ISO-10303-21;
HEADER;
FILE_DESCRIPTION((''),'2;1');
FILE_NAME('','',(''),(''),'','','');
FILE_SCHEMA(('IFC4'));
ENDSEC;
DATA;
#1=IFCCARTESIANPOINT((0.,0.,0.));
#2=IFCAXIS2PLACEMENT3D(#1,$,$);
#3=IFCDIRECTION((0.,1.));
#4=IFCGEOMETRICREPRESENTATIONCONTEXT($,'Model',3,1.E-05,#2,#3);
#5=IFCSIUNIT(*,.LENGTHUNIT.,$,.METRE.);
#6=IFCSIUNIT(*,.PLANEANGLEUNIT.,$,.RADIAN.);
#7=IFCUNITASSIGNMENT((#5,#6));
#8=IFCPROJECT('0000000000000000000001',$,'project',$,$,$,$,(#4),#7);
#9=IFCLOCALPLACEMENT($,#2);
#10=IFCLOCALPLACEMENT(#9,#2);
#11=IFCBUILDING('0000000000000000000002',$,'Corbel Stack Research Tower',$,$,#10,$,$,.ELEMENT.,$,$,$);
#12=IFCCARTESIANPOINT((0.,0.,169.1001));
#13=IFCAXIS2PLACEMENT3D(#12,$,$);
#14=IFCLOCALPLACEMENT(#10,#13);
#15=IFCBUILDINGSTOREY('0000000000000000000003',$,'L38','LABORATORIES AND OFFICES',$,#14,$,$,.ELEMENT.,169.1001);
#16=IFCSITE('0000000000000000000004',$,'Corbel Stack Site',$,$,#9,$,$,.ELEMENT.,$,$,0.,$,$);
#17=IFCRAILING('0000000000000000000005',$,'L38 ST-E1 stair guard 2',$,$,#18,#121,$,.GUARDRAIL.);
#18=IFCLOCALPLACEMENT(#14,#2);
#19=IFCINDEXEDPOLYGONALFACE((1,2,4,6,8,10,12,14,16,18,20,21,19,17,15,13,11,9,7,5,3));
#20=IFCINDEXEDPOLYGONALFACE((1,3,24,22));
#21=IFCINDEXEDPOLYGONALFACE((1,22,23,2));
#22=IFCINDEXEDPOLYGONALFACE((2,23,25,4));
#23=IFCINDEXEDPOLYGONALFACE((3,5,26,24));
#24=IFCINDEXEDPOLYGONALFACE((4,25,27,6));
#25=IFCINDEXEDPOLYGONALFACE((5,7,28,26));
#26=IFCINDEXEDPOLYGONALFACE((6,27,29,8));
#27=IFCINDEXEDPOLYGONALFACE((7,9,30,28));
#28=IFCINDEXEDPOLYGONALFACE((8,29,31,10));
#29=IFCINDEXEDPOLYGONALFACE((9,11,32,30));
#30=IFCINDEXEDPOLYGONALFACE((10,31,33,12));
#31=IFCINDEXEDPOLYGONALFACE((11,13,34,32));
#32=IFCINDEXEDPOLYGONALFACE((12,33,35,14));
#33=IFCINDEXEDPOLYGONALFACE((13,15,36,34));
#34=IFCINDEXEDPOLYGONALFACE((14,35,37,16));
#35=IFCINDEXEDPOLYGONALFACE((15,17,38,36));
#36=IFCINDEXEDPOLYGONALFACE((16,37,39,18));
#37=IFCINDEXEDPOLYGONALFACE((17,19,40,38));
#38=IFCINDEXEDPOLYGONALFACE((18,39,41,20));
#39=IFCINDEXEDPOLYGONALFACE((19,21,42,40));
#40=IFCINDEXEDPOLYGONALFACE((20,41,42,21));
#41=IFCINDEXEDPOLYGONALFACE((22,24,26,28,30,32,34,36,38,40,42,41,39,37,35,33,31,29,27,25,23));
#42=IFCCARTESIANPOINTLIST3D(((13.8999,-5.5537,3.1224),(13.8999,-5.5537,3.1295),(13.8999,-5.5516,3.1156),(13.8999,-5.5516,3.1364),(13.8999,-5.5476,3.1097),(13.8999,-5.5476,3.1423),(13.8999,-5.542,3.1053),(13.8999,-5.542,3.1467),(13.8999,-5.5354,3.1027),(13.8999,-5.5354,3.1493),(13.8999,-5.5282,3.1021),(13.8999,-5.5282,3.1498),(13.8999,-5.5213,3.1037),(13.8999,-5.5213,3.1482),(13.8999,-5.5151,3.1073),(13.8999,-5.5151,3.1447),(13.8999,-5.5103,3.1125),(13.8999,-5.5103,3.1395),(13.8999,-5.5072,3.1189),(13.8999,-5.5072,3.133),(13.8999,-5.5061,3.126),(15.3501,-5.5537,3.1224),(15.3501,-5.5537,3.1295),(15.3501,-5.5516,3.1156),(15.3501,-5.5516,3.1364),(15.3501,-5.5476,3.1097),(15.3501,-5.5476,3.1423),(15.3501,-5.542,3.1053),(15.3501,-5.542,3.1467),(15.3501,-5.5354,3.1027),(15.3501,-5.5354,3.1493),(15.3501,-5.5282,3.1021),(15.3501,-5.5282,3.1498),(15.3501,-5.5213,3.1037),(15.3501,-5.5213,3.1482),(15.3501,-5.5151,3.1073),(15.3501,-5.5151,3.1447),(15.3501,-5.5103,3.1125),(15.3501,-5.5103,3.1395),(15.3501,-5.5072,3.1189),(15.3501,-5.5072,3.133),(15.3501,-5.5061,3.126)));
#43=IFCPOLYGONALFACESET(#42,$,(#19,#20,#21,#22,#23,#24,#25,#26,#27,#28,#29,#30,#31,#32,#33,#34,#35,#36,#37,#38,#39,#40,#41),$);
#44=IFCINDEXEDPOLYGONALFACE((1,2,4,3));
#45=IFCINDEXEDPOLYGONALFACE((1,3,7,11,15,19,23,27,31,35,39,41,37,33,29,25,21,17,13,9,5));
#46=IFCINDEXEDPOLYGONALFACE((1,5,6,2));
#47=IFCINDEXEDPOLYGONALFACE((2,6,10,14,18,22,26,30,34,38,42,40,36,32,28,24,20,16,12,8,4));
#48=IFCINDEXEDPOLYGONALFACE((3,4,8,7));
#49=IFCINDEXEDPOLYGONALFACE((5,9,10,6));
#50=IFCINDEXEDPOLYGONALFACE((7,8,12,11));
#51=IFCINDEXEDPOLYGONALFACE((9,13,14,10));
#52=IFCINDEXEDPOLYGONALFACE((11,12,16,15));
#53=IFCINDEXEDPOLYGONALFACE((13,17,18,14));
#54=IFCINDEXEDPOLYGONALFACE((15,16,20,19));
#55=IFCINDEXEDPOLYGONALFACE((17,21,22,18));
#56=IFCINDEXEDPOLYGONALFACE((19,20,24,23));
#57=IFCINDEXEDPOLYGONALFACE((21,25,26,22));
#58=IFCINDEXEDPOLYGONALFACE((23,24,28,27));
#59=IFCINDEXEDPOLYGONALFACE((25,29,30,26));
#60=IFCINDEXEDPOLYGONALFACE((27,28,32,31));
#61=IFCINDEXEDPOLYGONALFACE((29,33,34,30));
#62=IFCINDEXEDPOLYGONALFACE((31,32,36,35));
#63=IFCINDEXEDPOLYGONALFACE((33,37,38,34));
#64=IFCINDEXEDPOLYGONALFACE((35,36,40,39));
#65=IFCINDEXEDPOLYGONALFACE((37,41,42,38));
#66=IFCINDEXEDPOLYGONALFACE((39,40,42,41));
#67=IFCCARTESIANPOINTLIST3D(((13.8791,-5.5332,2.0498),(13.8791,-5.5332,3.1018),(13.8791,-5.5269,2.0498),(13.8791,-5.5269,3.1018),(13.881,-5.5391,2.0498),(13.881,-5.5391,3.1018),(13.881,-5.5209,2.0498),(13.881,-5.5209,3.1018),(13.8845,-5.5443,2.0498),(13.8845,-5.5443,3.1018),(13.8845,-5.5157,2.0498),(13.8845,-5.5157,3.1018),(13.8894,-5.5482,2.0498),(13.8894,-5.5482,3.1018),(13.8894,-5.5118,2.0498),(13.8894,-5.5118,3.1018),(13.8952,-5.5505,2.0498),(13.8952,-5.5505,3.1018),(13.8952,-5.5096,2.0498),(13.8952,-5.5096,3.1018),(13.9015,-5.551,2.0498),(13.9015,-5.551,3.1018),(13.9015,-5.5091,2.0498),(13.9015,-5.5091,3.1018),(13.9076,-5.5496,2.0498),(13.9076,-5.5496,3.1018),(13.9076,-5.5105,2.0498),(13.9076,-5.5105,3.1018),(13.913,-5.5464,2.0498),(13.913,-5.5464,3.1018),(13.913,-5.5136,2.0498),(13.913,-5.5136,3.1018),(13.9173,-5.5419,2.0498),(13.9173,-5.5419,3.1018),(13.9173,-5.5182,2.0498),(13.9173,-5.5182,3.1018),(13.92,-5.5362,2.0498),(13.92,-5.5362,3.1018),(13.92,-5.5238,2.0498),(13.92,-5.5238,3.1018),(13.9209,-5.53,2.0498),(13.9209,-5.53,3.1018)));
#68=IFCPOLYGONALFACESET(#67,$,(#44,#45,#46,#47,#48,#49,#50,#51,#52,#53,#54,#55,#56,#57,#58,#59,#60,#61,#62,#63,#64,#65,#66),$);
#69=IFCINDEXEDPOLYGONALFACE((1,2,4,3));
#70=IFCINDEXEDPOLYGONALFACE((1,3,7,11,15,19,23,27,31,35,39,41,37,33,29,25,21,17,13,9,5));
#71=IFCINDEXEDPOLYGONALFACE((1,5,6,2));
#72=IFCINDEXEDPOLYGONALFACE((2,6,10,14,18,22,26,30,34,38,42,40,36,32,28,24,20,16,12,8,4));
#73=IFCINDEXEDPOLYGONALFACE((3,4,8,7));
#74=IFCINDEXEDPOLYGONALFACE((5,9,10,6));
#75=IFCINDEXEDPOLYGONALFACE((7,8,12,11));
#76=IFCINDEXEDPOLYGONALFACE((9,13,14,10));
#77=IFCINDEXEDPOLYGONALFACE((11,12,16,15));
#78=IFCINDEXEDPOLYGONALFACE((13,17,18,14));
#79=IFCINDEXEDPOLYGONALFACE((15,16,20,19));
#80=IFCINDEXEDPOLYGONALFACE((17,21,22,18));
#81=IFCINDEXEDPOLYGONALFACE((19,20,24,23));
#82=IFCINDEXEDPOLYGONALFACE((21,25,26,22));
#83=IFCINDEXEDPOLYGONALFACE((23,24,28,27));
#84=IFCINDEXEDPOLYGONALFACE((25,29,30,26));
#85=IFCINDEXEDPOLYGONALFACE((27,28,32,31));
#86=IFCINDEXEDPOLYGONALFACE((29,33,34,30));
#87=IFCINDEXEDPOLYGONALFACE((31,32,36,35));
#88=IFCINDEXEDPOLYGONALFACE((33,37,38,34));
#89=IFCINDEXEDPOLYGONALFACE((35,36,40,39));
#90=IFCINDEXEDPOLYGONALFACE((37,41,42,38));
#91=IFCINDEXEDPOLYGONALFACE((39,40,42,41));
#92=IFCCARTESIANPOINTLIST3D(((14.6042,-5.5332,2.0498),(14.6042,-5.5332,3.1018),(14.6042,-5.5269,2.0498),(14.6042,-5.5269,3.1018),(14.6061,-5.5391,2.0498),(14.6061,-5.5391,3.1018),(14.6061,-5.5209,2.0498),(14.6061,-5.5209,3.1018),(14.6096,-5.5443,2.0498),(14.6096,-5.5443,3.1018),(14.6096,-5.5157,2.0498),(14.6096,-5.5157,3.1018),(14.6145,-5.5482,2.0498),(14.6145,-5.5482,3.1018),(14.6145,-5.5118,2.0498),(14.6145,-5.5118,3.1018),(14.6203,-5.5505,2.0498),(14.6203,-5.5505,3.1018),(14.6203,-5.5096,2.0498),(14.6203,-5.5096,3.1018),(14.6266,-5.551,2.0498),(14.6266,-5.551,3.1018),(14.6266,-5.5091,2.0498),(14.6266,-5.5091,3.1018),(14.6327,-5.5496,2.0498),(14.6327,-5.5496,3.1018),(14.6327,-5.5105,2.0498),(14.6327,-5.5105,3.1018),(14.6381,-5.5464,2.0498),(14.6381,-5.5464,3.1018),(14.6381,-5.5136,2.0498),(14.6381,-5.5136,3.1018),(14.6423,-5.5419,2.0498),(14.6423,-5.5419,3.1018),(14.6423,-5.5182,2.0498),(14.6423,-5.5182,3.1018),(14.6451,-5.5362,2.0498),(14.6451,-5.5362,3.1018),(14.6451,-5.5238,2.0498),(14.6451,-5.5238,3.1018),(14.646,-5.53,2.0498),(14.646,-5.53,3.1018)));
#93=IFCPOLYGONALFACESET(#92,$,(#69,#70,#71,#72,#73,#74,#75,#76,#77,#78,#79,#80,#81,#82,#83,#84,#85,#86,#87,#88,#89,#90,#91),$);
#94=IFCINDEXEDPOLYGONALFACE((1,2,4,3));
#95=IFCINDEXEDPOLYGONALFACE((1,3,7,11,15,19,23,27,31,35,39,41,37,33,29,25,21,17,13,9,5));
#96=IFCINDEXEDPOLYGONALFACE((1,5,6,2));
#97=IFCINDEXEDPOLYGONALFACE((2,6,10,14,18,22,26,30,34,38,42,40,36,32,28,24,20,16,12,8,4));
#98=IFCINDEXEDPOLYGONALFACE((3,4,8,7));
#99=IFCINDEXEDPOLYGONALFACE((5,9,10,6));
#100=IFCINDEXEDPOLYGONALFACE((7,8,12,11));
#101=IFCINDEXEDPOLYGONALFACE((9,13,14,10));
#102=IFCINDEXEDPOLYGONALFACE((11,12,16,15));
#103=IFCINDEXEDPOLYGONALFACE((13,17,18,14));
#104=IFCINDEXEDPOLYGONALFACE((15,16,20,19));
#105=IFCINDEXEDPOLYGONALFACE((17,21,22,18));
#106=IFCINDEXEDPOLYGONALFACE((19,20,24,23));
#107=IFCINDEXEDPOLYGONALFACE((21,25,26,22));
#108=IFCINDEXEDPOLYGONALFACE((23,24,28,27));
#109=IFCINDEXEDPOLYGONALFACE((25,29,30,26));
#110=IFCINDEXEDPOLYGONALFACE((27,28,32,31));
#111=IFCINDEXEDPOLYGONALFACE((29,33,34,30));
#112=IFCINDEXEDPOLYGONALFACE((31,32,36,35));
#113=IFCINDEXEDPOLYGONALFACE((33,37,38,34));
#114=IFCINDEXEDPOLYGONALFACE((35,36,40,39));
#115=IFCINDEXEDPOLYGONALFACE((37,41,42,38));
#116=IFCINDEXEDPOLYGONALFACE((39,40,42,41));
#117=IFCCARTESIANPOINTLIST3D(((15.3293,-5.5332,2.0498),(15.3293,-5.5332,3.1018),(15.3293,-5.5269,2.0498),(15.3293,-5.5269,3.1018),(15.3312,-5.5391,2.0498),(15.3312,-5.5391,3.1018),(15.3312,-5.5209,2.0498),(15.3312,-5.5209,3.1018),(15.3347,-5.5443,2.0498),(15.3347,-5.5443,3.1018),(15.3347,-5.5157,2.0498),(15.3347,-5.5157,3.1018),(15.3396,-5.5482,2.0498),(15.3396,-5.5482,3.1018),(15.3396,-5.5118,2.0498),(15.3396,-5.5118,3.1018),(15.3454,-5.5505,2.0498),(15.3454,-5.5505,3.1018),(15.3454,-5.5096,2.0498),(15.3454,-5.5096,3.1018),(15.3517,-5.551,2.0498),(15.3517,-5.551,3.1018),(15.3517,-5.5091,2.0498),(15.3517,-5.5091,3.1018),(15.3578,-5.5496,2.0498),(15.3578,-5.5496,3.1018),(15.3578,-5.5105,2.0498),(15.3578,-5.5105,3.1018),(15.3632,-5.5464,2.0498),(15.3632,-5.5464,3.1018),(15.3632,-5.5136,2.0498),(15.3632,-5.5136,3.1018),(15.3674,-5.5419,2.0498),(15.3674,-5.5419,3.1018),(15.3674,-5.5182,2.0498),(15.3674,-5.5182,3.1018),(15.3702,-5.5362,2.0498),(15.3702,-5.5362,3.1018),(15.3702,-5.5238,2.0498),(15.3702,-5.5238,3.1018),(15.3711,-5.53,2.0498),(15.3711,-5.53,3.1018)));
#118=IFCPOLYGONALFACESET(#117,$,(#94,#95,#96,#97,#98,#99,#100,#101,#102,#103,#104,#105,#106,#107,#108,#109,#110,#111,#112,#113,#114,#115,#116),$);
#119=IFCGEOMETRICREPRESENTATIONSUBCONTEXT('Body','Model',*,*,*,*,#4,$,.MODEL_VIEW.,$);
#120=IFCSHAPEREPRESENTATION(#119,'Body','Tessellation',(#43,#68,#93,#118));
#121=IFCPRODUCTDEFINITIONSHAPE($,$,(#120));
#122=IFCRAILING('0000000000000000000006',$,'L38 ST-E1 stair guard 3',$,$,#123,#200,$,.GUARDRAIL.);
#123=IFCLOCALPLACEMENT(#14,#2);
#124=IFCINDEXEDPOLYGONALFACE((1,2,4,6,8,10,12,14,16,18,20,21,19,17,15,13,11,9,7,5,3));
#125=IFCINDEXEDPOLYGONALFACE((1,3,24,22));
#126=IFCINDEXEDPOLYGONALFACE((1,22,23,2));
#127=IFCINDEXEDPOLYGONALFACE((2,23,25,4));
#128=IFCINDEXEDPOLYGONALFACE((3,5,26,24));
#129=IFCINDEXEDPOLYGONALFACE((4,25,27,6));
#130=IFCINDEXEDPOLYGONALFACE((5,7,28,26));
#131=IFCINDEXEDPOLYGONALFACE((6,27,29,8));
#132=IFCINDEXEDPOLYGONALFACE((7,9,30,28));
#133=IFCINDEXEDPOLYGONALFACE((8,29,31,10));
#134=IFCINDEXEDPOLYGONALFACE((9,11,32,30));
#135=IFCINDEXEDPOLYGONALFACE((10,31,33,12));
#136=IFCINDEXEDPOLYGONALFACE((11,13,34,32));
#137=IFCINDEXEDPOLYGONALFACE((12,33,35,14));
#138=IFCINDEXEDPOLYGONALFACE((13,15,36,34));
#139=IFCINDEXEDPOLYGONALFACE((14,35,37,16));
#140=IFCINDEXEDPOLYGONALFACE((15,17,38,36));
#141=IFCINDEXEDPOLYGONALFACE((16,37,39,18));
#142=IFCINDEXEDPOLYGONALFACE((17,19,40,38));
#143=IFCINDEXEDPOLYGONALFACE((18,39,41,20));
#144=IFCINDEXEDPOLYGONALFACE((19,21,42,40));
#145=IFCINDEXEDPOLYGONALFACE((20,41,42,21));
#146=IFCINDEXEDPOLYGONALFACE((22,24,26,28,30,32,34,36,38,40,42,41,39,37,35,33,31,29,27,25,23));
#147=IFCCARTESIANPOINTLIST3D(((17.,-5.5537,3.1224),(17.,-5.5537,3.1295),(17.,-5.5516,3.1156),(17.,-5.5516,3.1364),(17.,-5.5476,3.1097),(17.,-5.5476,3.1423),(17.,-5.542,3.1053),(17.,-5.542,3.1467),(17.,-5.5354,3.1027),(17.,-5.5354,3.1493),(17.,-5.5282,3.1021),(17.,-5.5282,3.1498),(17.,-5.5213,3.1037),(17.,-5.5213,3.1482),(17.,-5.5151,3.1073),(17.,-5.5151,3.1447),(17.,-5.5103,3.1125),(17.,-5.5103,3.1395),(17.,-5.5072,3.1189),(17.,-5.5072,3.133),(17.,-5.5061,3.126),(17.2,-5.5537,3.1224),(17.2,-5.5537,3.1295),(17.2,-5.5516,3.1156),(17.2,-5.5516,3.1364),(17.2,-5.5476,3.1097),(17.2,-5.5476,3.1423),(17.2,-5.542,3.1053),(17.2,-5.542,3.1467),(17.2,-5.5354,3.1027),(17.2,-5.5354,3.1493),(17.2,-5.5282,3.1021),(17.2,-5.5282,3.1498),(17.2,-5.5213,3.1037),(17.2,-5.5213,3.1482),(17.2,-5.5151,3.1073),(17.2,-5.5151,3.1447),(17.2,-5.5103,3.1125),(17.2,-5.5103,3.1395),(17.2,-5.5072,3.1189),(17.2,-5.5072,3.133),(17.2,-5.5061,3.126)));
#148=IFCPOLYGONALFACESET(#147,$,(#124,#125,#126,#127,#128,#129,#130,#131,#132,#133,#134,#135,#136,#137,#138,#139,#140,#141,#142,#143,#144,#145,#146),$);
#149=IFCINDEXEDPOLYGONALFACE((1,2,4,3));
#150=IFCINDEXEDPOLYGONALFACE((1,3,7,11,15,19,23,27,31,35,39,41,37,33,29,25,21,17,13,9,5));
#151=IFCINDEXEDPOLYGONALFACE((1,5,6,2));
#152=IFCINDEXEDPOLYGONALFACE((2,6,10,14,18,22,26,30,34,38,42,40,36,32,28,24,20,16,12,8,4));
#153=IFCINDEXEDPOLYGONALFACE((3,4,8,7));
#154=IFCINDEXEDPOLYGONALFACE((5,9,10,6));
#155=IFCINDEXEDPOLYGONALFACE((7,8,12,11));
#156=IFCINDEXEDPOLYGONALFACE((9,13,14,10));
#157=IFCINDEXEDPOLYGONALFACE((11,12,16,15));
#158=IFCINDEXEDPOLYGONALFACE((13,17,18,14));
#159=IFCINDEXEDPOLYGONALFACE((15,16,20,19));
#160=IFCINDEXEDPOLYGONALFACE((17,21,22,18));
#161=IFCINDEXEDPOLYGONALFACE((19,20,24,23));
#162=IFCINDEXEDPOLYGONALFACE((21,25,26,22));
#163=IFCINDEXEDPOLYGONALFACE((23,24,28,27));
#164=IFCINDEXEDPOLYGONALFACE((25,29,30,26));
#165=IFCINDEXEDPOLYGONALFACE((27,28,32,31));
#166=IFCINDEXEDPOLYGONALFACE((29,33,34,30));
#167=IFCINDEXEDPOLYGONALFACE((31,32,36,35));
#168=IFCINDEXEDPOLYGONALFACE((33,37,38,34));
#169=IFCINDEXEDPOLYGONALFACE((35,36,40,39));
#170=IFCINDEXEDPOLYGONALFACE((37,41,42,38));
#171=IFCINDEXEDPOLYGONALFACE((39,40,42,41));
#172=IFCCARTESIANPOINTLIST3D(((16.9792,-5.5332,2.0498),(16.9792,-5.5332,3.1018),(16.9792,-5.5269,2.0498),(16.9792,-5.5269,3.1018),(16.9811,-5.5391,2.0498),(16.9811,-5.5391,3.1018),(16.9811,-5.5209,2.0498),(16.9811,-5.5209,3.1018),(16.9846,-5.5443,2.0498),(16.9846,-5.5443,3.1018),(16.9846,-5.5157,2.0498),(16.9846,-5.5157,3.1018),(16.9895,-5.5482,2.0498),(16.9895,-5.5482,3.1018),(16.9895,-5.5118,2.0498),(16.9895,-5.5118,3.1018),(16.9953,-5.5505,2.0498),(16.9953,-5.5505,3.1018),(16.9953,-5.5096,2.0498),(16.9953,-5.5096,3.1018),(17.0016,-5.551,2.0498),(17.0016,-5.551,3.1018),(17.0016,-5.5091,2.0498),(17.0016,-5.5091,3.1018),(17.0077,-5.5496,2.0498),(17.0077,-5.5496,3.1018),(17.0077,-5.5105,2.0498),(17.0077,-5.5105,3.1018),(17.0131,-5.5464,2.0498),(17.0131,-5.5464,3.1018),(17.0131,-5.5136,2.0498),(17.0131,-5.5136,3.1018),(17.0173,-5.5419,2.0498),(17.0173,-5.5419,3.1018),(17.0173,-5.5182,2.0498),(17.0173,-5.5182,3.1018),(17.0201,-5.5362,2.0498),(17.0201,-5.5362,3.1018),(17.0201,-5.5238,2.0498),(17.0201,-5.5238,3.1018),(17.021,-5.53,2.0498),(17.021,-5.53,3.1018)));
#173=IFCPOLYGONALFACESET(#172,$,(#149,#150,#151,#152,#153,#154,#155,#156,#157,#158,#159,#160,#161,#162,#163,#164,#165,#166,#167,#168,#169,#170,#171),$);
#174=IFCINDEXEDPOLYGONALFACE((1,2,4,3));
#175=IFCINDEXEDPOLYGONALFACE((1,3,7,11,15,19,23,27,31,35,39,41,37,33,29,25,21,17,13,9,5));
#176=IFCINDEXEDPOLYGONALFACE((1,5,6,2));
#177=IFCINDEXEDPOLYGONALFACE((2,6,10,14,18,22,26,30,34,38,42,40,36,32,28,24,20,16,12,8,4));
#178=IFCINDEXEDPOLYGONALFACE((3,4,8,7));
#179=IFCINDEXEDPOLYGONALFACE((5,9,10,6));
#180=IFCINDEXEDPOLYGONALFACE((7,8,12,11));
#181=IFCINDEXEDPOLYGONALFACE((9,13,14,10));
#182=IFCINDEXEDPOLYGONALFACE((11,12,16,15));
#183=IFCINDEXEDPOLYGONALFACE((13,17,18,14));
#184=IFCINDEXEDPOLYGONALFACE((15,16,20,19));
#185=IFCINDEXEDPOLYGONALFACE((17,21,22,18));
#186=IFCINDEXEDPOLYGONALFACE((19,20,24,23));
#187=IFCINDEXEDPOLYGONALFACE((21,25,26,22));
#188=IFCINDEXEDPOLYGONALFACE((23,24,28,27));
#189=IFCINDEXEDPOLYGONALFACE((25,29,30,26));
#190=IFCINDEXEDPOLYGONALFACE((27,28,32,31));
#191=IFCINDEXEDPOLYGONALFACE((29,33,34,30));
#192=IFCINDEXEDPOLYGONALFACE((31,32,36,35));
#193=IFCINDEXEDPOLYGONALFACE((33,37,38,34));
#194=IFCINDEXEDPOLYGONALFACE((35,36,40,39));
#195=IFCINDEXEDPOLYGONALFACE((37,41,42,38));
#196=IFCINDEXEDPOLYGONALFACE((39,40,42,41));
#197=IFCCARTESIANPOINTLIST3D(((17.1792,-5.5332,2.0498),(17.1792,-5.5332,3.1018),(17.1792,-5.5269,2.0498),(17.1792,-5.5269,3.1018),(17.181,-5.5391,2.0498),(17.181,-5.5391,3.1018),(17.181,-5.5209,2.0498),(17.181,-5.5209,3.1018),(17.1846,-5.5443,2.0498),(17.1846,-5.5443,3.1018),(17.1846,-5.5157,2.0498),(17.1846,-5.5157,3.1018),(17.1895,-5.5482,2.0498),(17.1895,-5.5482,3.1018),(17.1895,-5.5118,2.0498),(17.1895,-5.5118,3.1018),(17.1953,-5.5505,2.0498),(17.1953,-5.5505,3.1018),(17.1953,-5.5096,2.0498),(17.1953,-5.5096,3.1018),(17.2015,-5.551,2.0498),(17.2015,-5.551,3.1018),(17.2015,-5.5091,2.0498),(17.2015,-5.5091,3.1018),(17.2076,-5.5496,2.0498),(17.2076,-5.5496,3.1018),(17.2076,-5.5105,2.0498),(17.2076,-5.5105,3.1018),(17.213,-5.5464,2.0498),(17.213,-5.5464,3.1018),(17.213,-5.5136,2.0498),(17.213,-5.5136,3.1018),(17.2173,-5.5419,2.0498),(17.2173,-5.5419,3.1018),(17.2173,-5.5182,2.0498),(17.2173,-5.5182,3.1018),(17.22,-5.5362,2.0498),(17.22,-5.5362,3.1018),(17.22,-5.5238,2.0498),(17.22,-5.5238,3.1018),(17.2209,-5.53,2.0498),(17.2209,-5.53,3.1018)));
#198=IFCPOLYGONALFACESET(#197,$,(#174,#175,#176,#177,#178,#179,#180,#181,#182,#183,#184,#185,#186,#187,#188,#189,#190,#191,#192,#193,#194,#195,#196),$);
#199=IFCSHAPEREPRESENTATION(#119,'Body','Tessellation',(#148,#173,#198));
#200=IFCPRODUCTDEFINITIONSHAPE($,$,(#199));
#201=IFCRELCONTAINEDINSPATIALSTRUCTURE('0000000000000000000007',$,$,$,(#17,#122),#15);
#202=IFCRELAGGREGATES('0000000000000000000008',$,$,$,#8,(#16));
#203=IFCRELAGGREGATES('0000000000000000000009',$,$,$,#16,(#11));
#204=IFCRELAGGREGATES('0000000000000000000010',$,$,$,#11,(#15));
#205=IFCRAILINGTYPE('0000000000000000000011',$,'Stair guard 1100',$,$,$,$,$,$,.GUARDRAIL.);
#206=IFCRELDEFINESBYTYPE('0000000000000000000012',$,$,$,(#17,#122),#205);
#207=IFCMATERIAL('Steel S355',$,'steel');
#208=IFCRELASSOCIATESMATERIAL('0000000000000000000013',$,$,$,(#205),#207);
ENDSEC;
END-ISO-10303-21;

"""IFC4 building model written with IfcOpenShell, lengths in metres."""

from ifc_helpers import new_model, si_unit, direction, frame, origin, origin_2d, place, context, subcontext, project, spatial, circle, extrude, material, type_object, element, save


model = new_model("IFC4")

# Units and contexts
model_context = context("Model", 3, precision=1e-05, world=origin(), true_north=direction((0.0, 1.0)))
body_context = subcontext(model_context, "Body", "Model", "MODEL_VIEW")
ifc_project = project(units=[si_unit("LENGTHUNIT", "METRE"), si_unit("PLANEANGLEUNIT", "RADIAN")], contexts=[model_context])

# Site, building, storey
site_placement = place(None, origin())
site = spatial("IfcSite", under=ifc_project, at=site_placement, Name="Corbel Stack Site", CompositionType="ELEMENT", RefElevation=0.0)
building_placement = place(site_placement, origin())
building = spatial("IfcBuilding", under=site, at=building_placement, Name="Corbel Stack Research Tower", CompositionType="ELEMENT")
storey_placement = place(building_placement, frame((0.0, 0.0, 169.1001)))
storey = spatial("IfcBuildingStorey", under=building, at=storey_placement, Name="L38", Description="LABORATORIES AND OFFICES", CompositionType="ELEMENT", Elevation=169.1001)

# Railings
ifc_material_1 = material(Name="Steel S355", Category="steel")
railing_type_1 = type_object("IfcRailingType", Name="Stair guard 1100", PredefinedType="GUARDRAIL", material=ifc_material_1)
railing_1_placement = place(storey_placement, frame((13.8999, -5.53, 2.0498)))
element("IfcRailing", 1, at=railing_1_placement, inside=storey, type_object=railing_type_1, Name="L38 ST-E1 stair guard 2", PredefinedType="GUARDRAIL", context=body_context, shape_type="SweptSolid", body=[
    extrude(circle(Radius=0.0239, at=origin_2d()), frame((0.0, 0.0, 1.0762), z_axis=(1.0, 0.0, 0.0), x_axis=(0.0, 1.0, 0.0)), (0.0, 0.0, 1.0), 1.4502),
    extrude(circle(Radius=0.021, at=origin_2d()), origin(), (0.0, 0.0, 1.0), 1.052),
    extrude(circle(Radius=0.021, at=origin_2d()), frame((0.7251, 0.0, 0.0)), (0.0, 0.0, 1.0), 1.052),
    extrude(circle(Radius=0.021, at=origin_2d()), frame((1.4502, 0.0, 0.0)), (0.0, 0.0, 1.0), 1.052),
])
railing_2_placement = place(storey_placement, frame((17.0, -5.53, 2.0498)))
element("IfcRailing", 2, at=railing_2_placement, inside=storey, type_object=railing_type_1, Name="L38 ST-E1 stair guard 3", PredefinedType="GUARDRAIL", context=body_context, shape_type="SweptSolid", body=[
    extrude(circle(Radius=0.0239, at=origin_2d()), frame((0.0, 0.0, 1.0762), z_axis=(1.0, 0.0, 0.0), x_axis=(0.0, 1.0, 0.0)), (0.0, 0.0, 1.0), 0.2),
    extrude(circle(Radius=0.021, at=origin_2d()), origin(), (0.0, 0.0, 1.0), 1.052),
    extrude(circle(Radius=0.021, at=origin_2d()), frame((0.2, 0.0, 0.0)), (0.0, 0.0, 1.0), 1.052),
])

save(model, "model.ifc")
